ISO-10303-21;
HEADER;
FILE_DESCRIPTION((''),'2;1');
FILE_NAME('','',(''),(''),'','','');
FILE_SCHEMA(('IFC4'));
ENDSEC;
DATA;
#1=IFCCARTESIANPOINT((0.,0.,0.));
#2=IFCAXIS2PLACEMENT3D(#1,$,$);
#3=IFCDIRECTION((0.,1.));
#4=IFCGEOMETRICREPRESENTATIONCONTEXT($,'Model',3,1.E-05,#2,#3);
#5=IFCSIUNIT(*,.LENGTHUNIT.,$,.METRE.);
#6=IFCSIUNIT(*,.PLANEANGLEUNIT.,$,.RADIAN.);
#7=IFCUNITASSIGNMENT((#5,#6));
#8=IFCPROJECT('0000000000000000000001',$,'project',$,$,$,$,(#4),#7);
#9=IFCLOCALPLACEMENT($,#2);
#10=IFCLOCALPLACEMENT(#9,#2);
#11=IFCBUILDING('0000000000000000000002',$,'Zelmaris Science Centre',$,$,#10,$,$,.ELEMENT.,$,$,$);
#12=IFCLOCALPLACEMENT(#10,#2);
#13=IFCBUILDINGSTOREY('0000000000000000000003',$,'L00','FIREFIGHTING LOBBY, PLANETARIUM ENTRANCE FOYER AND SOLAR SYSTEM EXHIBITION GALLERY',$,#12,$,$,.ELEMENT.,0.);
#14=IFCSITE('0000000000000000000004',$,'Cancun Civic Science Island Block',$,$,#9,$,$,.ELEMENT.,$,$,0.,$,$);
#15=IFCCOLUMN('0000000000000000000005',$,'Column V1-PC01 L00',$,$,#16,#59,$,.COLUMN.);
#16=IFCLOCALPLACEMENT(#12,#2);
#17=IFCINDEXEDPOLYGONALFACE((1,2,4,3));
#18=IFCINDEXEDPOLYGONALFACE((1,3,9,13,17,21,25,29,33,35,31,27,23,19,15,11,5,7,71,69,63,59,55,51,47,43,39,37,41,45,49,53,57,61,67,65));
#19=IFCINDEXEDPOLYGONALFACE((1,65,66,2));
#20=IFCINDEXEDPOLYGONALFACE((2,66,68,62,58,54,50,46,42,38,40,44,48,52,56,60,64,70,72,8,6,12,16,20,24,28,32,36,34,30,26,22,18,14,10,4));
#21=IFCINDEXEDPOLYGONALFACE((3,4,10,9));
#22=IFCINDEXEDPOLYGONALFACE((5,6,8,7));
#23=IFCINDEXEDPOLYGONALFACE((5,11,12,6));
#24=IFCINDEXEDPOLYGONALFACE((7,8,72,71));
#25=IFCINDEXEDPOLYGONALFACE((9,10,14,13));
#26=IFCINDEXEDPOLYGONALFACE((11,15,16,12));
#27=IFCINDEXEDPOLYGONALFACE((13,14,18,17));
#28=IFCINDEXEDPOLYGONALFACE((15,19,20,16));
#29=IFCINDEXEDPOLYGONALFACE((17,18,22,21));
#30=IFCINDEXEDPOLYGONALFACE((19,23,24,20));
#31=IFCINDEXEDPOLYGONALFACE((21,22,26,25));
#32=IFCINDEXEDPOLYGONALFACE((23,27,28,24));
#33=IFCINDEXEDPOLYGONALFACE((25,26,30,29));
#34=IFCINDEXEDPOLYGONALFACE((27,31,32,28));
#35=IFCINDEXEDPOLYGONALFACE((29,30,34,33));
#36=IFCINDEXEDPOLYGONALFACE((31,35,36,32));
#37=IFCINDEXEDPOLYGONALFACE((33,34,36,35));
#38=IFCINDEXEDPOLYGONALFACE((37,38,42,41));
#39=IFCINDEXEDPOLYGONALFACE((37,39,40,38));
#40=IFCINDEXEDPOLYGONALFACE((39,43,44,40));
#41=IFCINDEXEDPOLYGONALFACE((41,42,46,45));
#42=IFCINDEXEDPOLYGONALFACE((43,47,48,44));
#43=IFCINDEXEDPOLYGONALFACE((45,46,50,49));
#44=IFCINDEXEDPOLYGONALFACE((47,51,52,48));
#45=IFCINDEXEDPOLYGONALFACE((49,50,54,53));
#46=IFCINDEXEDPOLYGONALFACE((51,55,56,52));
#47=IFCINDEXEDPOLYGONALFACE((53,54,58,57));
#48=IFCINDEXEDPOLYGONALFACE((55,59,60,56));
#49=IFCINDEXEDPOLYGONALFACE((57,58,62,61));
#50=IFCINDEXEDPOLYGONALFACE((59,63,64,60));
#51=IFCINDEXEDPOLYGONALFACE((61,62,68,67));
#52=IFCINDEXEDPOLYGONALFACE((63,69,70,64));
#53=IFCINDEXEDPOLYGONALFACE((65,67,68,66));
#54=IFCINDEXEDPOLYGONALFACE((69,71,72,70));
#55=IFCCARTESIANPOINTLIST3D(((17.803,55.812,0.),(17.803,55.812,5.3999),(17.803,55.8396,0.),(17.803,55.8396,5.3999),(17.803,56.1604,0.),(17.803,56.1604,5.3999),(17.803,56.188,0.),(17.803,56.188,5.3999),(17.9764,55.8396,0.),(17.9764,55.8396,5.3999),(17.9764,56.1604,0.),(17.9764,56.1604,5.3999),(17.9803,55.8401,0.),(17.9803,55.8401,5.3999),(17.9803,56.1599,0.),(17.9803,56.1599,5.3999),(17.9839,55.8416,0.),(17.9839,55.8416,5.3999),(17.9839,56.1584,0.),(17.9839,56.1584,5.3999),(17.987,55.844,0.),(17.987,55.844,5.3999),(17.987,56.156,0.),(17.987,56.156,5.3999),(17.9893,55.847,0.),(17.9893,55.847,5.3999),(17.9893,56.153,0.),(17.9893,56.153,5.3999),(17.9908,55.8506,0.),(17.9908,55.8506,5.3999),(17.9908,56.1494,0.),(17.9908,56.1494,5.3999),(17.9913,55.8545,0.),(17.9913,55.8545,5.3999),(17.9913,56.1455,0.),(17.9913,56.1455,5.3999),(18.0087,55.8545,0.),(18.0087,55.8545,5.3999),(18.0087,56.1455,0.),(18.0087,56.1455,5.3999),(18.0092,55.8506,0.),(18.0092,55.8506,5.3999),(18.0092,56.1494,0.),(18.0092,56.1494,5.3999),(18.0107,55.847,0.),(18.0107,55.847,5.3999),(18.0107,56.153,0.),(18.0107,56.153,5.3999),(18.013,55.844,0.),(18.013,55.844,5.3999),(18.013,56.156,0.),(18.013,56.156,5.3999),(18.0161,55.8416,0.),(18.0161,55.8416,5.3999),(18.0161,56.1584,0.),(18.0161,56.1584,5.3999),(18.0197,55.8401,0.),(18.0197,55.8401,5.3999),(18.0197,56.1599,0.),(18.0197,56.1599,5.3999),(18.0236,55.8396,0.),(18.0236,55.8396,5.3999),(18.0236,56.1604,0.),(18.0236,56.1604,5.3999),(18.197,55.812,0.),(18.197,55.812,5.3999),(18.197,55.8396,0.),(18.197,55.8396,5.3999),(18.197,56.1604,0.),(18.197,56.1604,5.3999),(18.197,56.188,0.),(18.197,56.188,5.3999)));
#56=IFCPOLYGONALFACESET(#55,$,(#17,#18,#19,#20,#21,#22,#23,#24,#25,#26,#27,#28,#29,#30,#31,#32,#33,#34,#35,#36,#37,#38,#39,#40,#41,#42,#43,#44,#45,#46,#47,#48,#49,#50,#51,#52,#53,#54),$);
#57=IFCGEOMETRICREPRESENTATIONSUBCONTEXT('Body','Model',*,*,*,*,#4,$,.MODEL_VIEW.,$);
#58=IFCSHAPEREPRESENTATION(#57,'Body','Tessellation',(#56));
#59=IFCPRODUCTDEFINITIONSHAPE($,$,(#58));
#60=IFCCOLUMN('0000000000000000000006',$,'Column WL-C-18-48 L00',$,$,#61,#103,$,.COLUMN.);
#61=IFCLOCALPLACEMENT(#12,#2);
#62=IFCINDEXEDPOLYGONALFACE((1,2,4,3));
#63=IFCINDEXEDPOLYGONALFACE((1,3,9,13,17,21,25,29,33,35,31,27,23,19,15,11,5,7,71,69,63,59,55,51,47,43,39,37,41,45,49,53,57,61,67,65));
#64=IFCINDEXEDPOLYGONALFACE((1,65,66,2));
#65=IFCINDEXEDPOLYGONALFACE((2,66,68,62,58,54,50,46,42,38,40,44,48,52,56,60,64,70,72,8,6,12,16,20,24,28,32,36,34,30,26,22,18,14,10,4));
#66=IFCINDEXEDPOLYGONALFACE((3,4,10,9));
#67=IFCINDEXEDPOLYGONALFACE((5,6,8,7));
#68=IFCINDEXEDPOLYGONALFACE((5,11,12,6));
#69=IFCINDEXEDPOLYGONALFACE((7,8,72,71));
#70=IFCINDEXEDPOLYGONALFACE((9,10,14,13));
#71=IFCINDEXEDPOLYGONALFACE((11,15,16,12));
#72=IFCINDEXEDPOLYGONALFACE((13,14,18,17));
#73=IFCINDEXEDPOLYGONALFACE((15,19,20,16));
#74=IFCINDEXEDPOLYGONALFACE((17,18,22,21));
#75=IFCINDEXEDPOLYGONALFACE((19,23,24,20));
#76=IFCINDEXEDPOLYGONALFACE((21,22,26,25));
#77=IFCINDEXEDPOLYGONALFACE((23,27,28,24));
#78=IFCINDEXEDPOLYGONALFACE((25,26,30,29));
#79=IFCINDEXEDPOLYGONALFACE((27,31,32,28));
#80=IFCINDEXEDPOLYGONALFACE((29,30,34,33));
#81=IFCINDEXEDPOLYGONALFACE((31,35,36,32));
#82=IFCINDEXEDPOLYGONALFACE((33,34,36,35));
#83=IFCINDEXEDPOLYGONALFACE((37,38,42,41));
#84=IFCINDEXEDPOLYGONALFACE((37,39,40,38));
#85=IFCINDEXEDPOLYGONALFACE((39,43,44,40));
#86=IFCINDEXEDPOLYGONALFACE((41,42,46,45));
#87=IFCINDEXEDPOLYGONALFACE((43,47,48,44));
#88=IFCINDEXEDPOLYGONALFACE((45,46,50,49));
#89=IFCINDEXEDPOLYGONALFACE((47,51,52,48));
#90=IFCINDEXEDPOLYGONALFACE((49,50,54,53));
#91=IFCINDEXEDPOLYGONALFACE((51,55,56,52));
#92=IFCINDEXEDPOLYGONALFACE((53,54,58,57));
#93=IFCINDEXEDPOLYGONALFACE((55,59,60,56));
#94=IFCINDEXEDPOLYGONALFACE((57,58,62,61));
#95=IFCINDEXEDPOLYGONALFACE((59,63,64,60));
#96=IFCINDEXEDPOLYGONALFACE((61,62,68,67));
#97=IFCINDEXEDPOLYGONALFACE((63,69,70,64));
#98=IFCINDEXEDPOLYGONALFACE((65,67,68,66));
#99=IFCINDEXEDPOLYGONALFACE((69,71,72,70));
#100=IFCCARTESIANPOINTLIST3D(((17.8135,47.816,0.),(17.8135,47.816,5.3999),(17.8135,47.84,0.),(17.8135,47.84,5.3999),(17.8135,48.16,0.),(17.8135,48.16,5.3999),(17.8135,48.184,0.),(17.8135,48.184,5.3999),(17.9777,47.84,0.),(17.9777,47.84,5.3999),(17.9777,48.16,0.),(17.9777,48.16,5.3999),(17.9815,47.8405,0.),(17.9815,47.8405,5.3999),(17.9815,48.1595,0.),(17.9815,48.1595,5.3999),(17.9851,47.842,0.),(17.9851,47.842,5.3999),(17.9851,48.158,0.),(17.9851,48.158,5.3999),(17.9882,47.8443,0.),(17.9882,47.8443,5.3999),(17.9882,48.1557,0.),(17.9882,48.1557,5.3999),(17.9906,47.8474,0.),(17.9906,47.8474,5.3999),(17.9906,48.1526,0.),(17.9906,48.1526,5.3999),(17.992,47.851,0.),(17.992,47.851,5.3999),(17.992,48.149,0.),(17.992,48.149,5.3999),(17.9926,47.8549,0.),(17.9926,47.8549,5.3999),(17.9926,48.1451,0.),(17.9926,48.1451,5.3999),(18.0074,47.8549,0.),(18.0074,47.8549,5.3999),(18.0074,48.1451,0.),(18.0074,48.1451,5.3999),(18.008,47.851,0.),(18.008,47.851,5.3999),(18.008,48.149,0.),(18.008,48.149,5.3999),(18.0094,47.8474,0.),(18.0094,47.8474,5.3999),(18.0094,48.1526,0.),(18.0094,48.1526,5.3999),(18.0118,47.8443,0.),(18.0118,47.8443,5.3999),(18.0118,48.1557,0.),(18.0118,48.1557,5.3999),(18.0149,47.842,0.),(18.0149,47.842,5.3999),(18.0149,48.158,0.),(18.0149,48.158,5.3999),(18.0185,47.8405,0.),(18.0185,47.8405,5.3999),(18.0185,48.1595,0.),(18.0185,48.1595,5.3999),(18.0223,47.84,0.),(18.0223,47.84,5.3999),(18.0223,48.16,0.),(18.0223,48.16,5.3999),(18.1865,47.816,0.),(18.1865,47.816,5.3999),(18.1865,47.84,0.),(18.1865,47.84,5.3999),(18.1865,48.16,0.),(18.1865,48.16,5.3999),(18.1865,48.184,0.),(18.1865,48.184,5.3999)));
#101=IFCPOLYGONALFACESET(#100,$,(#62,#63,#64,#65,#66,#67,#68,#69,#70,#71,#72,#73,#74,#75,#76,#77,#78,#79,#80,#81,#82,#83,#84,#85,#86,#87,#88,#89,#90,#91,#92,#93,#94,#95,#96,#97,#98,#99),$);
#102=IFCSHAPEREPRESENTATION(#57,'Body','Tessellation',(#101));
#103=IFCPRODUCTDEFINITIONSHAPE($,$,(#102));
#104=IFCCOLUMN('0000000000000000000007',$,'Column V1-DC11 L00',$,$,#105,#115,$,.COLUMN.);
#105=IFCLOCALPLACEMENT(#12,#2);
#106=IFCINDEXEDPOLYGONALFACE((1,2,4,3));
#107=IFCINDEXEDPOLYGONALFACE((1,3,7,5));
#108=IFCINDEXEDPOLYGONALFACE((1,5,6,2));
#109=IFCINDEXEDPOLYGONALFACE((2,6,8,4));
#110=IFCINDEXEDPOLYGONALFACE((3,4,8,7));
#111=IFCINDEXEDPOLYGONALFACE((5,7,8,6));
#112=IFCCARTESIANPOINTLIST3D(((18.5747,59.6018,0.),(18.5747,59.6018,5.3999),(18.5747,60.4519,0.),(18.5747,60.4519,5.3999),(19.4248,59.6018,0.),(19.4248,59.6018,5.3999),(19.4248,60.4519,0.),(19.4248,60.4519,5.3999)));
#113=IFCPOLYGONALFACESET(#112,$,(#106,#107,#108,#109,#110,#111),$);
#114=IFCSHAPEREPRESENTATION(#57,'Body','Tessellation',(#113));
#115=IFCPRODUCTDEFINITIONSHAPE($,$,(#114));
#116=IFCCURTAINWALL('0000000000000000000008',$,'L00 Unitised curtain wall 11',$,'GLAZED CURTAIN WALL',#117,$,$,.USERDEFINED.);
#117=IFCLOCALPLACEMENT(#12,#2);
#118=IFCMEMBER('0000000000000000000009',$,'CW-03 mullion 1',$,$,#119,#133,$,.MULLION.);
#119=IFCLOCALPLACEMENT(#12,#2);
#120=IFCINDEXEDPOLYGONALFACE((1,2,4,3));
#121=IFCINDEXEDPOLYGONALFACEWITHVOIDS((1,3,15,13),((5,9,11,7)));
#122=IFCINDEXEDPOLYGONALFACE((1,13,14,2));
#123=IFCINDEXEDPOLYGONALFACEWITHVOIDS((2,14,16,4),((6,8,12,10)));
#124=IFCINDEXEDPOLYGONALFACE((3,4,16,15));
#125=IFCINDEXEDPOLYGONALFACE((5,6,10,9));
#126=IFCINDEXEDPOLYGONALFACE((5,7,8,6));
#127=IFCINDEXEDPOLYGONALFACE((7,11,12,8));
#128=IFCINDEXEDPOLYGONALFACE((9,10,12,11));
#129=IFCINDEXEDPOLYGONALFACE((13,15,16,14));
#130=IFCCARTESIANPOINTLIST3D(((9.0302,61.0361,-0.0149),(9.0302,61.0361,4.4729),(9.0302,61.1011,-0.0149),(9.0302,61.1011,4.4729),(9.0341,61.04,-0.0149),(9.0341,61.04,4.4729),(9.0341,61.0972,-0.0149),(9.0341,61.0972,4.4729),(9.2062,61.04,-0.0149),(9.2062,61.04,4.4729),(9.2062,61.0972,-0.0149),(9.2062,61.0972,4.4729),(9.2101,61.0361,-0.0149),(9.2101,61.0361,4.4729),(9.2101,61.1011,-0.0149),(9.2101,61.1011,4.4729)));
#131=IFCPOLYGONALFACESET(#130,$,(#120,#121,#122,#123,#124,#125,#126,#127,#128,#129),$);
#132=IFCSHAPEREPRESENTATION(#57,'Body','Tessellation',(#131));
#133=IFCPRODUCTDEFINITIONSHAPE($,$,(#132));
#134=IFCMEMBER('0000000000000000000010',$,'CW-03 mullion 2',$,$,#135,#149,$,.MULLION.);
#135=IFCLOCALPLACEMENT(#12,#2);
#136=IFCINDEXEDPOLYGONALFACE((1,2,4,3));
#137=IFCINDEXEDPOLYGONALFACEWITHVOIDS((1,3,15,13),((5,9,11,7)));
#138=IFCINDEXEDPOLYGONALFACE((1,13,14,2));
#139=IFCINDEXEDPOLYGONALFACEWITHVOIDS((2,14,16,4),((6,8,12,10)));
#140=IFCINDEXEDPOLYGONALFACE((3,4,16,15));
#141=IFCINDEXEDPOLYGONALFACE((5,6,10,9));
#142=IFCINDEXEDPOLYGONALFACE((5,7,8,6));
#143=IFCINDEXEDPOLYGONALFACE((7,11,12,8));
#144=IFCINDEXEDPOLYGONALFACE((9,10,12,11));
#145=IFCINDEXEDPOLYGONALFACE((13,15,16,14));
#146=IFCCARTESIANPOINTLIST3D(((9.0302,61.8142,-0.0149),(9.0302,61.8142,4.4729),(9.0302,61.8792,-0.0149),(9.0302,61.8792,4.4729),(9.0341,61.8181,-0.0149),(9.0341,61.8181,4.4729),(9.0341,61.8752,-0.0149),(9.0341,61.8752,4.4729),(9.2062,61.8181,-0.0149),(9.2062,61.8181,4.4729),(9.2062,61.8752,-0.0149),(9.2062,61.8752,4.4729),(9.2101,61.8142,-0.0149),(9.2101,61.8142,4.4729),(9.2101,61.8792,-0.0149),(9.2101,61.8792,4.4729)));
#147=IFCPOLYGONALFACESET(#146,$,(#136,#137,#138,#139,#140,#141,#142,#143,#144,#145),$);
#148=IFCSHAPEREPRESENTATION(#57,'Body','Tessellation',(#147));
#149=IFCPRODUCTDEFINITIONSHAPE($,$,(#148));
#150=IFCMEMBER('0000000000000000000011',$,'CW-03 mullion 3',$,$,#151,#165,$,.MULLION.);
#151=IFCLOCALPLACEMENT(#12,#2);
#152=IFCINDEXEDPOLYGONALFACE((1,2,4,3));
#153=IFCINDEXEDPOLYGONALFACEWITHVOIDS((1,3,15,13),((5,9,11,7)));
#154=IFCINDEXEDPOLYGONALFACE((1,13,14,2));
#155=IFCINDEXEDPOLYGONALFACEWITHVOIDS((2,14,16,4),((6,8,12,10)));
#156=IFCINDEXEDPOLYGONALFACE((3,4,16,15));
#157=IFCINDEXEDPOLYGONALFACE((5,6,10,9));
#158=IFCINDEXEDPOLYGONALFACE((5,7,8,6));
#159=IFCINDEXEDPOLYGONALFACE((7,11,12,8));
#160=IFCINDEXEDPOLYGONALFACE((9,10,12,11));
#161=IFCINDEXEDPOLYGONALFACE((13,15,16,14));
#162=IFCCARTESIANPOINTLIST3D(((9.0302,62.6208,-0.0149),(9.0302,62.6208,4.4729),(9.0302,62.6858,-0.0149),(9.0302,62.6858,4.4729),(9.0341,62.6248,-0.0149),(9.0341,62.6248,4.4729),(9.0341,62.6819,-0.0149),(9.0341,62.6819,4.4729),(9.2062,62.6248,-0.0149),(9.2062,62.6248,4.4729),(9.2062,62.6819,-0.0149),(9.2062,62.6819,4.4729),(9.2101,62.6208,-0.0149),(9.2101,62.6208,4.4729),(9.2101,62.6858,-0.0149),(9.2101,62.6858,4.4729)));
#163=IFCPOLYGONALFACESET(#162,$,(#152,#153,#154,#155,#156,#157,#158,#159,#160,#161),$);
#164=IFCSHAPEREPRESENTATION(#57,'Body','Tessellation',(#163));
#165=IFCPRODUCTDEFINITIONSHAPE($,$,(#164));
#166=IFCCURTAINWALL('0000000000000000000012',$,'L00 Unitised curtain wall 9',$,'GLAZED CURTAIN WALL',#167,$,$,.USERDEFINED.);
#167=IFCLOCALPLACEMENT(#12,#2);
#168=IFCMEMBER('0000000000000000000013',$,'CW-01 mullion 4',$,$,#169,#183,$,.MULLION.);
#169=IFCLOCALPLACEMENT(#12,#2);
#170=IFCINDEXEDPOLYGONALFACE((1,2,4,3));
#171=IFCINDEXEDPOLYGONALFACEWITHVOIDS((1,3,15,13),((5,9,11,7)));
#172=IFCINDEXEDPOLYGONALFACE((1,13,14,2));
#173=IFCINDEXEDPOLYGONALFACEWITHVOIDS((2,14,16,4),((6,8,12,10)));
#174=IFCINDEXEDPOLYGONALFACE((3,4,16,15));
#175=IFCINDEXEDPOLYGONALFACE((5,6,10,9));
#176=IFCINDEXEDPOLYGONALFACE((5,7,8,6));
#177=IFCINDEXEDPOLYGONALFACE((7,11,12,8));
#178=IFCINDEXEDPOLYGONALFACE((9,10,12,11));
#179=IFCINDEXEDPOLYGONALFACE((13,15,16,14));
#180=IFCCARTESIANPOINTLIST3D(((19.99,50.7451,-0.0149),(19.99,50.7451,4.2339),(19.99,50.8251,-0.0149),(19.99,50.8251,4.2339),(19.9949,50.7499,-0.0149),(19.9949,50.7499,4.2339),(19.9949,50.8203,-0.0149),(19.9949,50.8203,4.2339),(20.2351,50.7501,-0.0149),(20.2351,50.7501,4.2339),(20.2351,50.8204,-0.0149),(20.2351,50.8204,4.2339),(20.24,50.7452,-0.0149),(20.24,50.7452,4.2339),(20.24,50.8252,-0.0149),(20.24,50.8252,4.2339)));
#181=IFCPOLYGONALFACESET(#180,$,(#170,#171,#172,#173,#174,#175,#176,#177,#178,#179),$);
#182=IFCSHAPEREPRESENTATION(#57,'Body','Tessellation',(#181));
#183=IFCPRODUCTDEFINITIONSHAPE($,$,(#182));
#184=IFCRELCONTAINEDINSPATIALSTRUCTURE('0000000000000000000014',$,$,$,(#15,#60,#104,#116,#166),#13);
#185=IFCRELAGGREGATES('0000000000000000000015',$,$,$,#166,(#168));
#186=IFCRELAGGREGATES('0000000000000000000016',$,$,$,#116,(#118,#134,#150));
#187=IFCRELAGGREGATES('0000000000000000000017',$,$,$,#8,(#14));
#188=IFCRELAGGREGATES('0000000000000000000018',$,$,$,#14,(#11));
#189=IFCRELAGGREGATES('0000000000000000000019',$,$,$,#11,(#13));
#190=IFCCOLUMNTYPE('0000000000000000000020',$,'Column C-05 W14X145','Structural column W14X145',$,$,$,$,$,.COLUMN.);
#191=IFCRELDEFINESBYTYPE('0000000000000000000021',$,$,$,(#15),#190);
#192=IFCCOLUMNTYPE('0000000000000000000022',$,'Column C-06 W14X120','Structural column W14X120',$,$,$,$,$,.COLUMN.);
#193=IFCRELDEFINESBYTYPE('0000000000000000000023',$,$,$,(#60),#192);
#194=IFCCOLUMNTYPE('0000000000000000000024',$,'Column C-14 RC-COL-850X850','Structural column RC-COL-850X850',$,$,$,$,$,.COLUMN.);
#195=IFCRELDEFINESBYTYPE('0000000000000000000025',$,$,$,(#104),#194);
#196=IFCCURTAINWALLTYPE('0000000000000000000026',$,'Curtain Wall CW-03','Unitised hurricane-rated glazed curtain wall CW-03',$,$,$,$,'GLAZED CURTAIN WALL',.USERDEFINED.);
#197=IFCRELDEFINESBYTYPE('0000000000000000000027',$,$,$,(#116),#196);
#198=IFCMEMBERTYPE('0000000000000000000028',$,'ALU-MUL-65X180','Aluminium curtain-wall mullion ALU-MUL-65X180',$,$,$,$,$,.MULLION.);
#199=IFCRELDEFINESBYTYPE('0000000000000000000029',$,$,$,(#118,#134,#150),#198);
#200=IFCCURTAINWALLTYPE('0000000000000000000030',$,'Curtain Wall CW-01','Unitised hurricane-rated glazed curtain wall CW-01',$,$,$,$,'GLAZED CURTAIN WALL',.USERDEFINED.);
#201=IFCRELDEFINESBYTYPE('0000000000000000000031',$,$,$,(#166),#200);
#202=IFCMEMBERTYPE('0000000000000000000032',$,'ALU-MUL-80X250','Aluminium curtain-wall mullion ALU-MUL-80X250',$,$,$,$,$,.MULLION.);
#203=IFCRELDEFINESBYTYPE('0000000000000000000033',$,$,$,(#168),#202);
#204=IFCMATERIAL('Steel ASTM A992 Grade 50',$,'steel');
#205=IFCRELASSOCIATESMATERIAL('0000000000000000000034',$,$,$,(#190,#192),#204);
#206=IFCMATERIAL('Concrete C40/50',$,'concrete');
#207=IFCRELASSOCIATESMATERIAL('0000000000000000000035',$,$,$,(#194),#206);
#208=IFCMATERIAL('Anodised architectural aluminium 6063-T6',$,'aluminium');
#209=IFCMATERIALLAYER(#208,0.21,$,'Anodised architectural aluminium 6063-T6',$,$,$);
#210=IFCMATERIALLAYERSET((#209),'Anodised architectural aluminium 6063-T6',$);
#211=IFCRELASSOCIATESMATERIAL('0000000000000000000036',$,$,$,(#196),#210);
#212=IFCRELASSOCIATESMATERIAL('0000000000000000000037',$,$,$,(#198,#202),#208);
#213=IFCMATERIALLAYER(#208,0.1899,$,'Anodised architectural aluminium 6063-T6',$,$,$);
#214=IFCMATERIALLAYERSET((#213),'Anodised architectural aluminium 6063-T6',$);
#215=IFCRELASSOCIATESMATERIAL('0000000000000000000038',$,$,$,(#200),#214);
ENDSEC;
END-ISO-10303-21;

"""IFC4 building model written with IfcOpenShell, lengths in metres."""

from ifc_helpers import new_model, si_unit, direction, frame, origin, origin_2d, place, context, subcontext, project, spatial, rectangle, hollow_rectangle, i_section, extrude, material, layer, layer_set, material_profile, profile_set, type_object, element, aggregate, save


model = new_model("IFC4")

# Units and contexts
model_context = context("Model", 3, precision=1e-05, world=origin(), true_north=direction((0.0, 1.0)))
body_context = subcontext(model_context, "Body", "Model", "MODEL_VIEW")
ifc_project = project(units=[si_unit("LENGTHUNIT", "METRE"), si_unit("PLANEANGLEUNIT", "RADIAN")], contexts=[model_context])

# Site, building, storey
site_placement = place(None, origin())
site = spatial("IfcSite", under=ifc_project, at=site_placement, Name="Cancun Civic Science Island Block", CompositionType="ELEMENT", RefElevation=0.0)
building_placement = place(site_placement, origin())
building = spatial("IfcBuilding", under=site, at=building_placement, Name="Zelmaris Science Centre", CompositionType="ELEMENT")
storey_placement = place(building_placement, origin())
storey = spatial("IfcBuildingStorey", under=building, at=storey_placement, Name="L00", Description="FIREFIGHTING LOBBY, PLANETARIUM ENTRANCE FOYER AND SOLAR SYSTEM EXHIBITION GALLERY", CompositionType="ELEMENT", Elevation=0.0)

# Columns
ifc_material_1 = material(Name="Steel ASTM A992 Grade 50", Category="steel")
ifc_material_profile_1 = material_profile(ifc_material_1, i_section(OverallWidth=0.394, OverallDepth=0.376, WebThickness=0.0173, FlangeThickness=0.0276, FilletRadius=0.0149, at=origin_2d()), Name="W14X145")
ifc_profile_set_1 = profile_set([ifc_material_profile_1], Name="Steel ASTM A992 Grade 50")
column_type_1 = type_object("IfcColumnType", Name="Column C-05 W14X145", Description="Structural column W14X145", PredefinedType="COLUMN", material=ifc_profile_set_1)
column_1_placement = place(storey_placement, frame((18.0, 56.0, 0.0), z_axis=(0.0, 0.0, 1.0), x_axis=(1.0, 0.0, 0.0)))
element("IfcColumn", 1, at=column_1_placement, inside=storey, type_object=column_type_1, Name="Column V1-PC01 L00", PredefinedType="COLUMN", context=body_context, shape_type="SweptSolid", body=[
    extrude(i_section(OverallWidth=0.394, OverallDepth=0.376, WebThickness=0.0173, FlangeThickness=0.0276, FilletRadius=0.0149, at=origin_2d()), origin(), (0.0, 0.0, 1.0), 5.3999),
])
ifc_material_profile_2 = material_profile(ifc_material_1, i_section(OverallWidth=0.373, OverallDepth=0.3679, WebThickness=0.0149, FlangeThickness=0.0239, FilletRadius=0.0149, at=origin_2d()), Name="W14X120")
ifc_profile_set_2 = profile_set([ifc_material_profile_2], Name="Steel ASTM A992 Grade 50")
column_type_2 = type_object("IfcColumnType", Name="Column C-06 W14X120", Description="Structural column W14X120", PredefinedType="COLUMN", material=ifc_profile_set_2)
column_2_placement = place(storey_placement, frame((18.0, 48.0, 0.0), z_axis=(0.0, 0.0, 1.0), x_axis=(1.0, 0.0, 0.0)))
element("IfcColumn", 2, at=column_2_placement, inside=storey, type_object=column_type_2, Name="Column WL-C-18-48 L00", PredefinedType="COLUMN", context=body_context, shape_type="SweptSolid", body=[
    extrude(i_section(OverallWidth=0.373, OverallDepth=0.3679, WebThickness=0.0149, FlangeThickness=0.0239, FilletRadius=0.0149, at=origin_2d()), origin(), (0.0, 0.0, 1.0), 5.3999),
])
ifc_material_2 = material(Name="Concrete C40/50", Category="concrete")
ifc_material_profile_3 = material_profile(ifc_material_2, rectangle(XDim=0.8501, YDim=0.8501, at=origin_2d()), Name="RC-COL-850X850")
ifc_profile_set_3 = profile_set([ifc_material_profile_3], Name="Concrete C40/50")
column_type_3 = type_object("IfcColumnType", Name="Column C-14 RC-COL-850X850", Description="Structural column RC-COL-850X850", PredefinedType="COLUMN", material=ifc_profile_set_3)
column_3_placement = place(storey_placement, frame((18.9998, 60.0269, 0.0), z_axis=(0.0, 0.0, 1.0), x_axis=(1.0, 0.0, 0.0)))
element("IfcColumn", 3, at=column_3_placement, inside=storey, type_object=column_type_3, Name="Column V1-DC11 L00", PredefinedType="COLUMN", context=body_context, shape_type="SweptSolid", body=[
    extrude(rectangle(XDim=0.8501, YDim=0.8501, at=origin_2d()), origin(), (0.0, 0.0, 1.0), 5.3999),
])

# Curtain walls, members
ifc_material_3 = material(Name="Anodised architectural aluminium 6063-T6", Category="aluminium")
ifc_layer_1 = layer(ifc_material_3, 0.21, Name="Anodised architectural aluminium 6063-T6")
ifc_layer_set_1 = layer_set([ifc_layer_1], Name="Anodised architectural aluminium 6063-T6")
curtain_wall_type_1 = type_object("IfcCurtainWallType", Name="Curtain Wall CW-03", Description="Unitised hurricane-rated glazed curtain wall CW-03", ElementType="GLAZED CURTAIN WALL", PredefinedType="USERDEFINED", material=ifc_layer_set_1)
curtain_wall_1_placement = place(storey_placement, origin())
curtain_wall_1 = element("IfcCurtainWall", 4, at=curtain_wall_1_placement, inside=storey, type_object=curtain_wall_type_1, Name="L00 Unitised curtain wall 11", ObjectType="GLAZED CURTAIN WALL", PredefinedType="USERDEFINED")
ifc_material_profile_4 = material_profile(ifc_material_3, hollow_rectangle(XDim=0.0649, YDim=0.1799, WallThickness=0.0039, at=origin_2d()), Name="ALU-MUL-65X180")
ifc_profile_set_4 = profile_set([ifc_material_profile_4], Name="Anodised architectural aluminium 6063-T6")
member_type_1 = type_object("IfcMemberType", Name="ALU-MUL-65X180", Description="Aluminium curtain-wall mullion ALU-MUL-65X180", PredefinedType="MULLION", material=ifc_profile_set_4)
member_1_placement = place(storey_placement, frame((9.1201, 61.0686, -0.0149), z_axis=(0.0, 0.0, 1.0), x_axis=(0.0, 1.0, 0.0)))
member_1 = element("IfcMember", 5, at=member_1_placement, type_object=member_type_1, Name="CW-03 mullion 1", PredefinedType="MULLION", context=body_context, shape_type="SweptSolid", body=[
    extrude(hollow_rectangle(XDim=0.0649, YDim=0.1799, WallThickness=0.0039, at=origin_2d()), origin(), (0.0, 0.0, 1.0), 4.4878),
])
member_2_placement = place(storey_placement, frame((9.1201, 61.8467, -0.0149), z_axis=(0.0, 0.0, 1.0), x_axis=(0.0, 1.0, 0.0)))
member_2 = element("IfcMember", 6, at=member_2_placement, type_object=member_type_1, Name="CW-03 mullion 2", PredefinedType="MULLION", context=body_context, shape_type="SweptSolid", body=[
    extrude(hollow_rectangle(XDim=0.0649, YDim=0.1799, WallThickness=0.0039, at=origin_2d()), origin(), (0.0, 0.0, 1.0), 4.4878),
])
member_3_placement = place(storey_placement, frame((9.1201, 62.6533, -0.0149), z_axis=(0.0, 0.0, 1.0), x_axis=(0.0, 1.0, 0.0)))
member_3 = element("IfcMember", 7, at=member_3_placement, type_object=member_type_1, Name="CW-03 mullion 3", PredefinedType="MULLION", context=body_context, shape_type="SweptSolid", body=[
    extrude(hollow_rectangle(XDim=0.0649, YDim=0.1799, WallThickness=0.0039, at=origin_2d()), origin(), (0.0, 0.0, 1.0), 4.4878),
])
ifc_layer_2 = layer(ifc_material_3, 0.1899, Name="Anodised architectural aluminium 6063-T6")
ifc_layer_set_2 = layer_set([ifc_layer_2], Name="Anodised architectural aluminium 6063-T6")
curtain_wall_type_2 = type_object("IfcCurtainWallType", Name="Curtain Wall CW-01", Description="Unitised hurricane-rated glazed curtain wall CW-01", ElementType="GLAZED CURTAIN WALL", PredefinedType="USERDEFINED", material=ifc_layer_set_2)
curtain_wall_2_placement = place(storey_placement, origin())
curtain_wall_2 = element("IfcCurtainWall", 8, at=curtain_wall_2_placement, inside=storey, type_object=curtain_wall_type_2, Name="L00 Unitised curtain wall 9", ObjectType="GLAZED CURTAIN WALL", PredefinedType="USERDEFINED")
ifc_material_profile_5 = material_profile(ifc_material_3, hollow_rectangle(XDim=0.0801, YDim=0.25, WallThickness=0.0049, at=origin_2d()), Name="ALU-MUL-80X250")
ifc_profile_set_5 = profile_set([ifc_material_profile_5], Name="Anodised architectural aluminium 6063-T6")
member_type_2 = type_object("IfcMemberType", Name="ALU-MUL-80X250", Description="Aluminium curtain-wall mullion ALU-MUL-80X250", PredefinedType="MULLION", material=ifc_profile_set_5)
member_4_placement = place(storey_placement, frame((20.115, 50.7852, -0.0149), z_axis=(0.0, 0.0, 1.0), x_axis=(-0.000428, 1.0, 0.0)))
member_4 = element("IfcMember", 9, at=member_4_placement, type_object=member_type_2, Name="CW-01 mullion 4", PredefinedType="MULLION", context=body_context, shape_type="SweptSolid", body=[
    extrude(hollow_rectangle(XDim=0.0801, YDim=0.25, WallThickness=0.0049, at=origin_2d()), origin(), (0.0, 0.0, 1.0), 4.2488),
])

aggregate(curtain_wall_2, [member_4])

aggregate(curtain_wall_1, [member_1, member_2, member_3])

save(model, "model.ifc")
